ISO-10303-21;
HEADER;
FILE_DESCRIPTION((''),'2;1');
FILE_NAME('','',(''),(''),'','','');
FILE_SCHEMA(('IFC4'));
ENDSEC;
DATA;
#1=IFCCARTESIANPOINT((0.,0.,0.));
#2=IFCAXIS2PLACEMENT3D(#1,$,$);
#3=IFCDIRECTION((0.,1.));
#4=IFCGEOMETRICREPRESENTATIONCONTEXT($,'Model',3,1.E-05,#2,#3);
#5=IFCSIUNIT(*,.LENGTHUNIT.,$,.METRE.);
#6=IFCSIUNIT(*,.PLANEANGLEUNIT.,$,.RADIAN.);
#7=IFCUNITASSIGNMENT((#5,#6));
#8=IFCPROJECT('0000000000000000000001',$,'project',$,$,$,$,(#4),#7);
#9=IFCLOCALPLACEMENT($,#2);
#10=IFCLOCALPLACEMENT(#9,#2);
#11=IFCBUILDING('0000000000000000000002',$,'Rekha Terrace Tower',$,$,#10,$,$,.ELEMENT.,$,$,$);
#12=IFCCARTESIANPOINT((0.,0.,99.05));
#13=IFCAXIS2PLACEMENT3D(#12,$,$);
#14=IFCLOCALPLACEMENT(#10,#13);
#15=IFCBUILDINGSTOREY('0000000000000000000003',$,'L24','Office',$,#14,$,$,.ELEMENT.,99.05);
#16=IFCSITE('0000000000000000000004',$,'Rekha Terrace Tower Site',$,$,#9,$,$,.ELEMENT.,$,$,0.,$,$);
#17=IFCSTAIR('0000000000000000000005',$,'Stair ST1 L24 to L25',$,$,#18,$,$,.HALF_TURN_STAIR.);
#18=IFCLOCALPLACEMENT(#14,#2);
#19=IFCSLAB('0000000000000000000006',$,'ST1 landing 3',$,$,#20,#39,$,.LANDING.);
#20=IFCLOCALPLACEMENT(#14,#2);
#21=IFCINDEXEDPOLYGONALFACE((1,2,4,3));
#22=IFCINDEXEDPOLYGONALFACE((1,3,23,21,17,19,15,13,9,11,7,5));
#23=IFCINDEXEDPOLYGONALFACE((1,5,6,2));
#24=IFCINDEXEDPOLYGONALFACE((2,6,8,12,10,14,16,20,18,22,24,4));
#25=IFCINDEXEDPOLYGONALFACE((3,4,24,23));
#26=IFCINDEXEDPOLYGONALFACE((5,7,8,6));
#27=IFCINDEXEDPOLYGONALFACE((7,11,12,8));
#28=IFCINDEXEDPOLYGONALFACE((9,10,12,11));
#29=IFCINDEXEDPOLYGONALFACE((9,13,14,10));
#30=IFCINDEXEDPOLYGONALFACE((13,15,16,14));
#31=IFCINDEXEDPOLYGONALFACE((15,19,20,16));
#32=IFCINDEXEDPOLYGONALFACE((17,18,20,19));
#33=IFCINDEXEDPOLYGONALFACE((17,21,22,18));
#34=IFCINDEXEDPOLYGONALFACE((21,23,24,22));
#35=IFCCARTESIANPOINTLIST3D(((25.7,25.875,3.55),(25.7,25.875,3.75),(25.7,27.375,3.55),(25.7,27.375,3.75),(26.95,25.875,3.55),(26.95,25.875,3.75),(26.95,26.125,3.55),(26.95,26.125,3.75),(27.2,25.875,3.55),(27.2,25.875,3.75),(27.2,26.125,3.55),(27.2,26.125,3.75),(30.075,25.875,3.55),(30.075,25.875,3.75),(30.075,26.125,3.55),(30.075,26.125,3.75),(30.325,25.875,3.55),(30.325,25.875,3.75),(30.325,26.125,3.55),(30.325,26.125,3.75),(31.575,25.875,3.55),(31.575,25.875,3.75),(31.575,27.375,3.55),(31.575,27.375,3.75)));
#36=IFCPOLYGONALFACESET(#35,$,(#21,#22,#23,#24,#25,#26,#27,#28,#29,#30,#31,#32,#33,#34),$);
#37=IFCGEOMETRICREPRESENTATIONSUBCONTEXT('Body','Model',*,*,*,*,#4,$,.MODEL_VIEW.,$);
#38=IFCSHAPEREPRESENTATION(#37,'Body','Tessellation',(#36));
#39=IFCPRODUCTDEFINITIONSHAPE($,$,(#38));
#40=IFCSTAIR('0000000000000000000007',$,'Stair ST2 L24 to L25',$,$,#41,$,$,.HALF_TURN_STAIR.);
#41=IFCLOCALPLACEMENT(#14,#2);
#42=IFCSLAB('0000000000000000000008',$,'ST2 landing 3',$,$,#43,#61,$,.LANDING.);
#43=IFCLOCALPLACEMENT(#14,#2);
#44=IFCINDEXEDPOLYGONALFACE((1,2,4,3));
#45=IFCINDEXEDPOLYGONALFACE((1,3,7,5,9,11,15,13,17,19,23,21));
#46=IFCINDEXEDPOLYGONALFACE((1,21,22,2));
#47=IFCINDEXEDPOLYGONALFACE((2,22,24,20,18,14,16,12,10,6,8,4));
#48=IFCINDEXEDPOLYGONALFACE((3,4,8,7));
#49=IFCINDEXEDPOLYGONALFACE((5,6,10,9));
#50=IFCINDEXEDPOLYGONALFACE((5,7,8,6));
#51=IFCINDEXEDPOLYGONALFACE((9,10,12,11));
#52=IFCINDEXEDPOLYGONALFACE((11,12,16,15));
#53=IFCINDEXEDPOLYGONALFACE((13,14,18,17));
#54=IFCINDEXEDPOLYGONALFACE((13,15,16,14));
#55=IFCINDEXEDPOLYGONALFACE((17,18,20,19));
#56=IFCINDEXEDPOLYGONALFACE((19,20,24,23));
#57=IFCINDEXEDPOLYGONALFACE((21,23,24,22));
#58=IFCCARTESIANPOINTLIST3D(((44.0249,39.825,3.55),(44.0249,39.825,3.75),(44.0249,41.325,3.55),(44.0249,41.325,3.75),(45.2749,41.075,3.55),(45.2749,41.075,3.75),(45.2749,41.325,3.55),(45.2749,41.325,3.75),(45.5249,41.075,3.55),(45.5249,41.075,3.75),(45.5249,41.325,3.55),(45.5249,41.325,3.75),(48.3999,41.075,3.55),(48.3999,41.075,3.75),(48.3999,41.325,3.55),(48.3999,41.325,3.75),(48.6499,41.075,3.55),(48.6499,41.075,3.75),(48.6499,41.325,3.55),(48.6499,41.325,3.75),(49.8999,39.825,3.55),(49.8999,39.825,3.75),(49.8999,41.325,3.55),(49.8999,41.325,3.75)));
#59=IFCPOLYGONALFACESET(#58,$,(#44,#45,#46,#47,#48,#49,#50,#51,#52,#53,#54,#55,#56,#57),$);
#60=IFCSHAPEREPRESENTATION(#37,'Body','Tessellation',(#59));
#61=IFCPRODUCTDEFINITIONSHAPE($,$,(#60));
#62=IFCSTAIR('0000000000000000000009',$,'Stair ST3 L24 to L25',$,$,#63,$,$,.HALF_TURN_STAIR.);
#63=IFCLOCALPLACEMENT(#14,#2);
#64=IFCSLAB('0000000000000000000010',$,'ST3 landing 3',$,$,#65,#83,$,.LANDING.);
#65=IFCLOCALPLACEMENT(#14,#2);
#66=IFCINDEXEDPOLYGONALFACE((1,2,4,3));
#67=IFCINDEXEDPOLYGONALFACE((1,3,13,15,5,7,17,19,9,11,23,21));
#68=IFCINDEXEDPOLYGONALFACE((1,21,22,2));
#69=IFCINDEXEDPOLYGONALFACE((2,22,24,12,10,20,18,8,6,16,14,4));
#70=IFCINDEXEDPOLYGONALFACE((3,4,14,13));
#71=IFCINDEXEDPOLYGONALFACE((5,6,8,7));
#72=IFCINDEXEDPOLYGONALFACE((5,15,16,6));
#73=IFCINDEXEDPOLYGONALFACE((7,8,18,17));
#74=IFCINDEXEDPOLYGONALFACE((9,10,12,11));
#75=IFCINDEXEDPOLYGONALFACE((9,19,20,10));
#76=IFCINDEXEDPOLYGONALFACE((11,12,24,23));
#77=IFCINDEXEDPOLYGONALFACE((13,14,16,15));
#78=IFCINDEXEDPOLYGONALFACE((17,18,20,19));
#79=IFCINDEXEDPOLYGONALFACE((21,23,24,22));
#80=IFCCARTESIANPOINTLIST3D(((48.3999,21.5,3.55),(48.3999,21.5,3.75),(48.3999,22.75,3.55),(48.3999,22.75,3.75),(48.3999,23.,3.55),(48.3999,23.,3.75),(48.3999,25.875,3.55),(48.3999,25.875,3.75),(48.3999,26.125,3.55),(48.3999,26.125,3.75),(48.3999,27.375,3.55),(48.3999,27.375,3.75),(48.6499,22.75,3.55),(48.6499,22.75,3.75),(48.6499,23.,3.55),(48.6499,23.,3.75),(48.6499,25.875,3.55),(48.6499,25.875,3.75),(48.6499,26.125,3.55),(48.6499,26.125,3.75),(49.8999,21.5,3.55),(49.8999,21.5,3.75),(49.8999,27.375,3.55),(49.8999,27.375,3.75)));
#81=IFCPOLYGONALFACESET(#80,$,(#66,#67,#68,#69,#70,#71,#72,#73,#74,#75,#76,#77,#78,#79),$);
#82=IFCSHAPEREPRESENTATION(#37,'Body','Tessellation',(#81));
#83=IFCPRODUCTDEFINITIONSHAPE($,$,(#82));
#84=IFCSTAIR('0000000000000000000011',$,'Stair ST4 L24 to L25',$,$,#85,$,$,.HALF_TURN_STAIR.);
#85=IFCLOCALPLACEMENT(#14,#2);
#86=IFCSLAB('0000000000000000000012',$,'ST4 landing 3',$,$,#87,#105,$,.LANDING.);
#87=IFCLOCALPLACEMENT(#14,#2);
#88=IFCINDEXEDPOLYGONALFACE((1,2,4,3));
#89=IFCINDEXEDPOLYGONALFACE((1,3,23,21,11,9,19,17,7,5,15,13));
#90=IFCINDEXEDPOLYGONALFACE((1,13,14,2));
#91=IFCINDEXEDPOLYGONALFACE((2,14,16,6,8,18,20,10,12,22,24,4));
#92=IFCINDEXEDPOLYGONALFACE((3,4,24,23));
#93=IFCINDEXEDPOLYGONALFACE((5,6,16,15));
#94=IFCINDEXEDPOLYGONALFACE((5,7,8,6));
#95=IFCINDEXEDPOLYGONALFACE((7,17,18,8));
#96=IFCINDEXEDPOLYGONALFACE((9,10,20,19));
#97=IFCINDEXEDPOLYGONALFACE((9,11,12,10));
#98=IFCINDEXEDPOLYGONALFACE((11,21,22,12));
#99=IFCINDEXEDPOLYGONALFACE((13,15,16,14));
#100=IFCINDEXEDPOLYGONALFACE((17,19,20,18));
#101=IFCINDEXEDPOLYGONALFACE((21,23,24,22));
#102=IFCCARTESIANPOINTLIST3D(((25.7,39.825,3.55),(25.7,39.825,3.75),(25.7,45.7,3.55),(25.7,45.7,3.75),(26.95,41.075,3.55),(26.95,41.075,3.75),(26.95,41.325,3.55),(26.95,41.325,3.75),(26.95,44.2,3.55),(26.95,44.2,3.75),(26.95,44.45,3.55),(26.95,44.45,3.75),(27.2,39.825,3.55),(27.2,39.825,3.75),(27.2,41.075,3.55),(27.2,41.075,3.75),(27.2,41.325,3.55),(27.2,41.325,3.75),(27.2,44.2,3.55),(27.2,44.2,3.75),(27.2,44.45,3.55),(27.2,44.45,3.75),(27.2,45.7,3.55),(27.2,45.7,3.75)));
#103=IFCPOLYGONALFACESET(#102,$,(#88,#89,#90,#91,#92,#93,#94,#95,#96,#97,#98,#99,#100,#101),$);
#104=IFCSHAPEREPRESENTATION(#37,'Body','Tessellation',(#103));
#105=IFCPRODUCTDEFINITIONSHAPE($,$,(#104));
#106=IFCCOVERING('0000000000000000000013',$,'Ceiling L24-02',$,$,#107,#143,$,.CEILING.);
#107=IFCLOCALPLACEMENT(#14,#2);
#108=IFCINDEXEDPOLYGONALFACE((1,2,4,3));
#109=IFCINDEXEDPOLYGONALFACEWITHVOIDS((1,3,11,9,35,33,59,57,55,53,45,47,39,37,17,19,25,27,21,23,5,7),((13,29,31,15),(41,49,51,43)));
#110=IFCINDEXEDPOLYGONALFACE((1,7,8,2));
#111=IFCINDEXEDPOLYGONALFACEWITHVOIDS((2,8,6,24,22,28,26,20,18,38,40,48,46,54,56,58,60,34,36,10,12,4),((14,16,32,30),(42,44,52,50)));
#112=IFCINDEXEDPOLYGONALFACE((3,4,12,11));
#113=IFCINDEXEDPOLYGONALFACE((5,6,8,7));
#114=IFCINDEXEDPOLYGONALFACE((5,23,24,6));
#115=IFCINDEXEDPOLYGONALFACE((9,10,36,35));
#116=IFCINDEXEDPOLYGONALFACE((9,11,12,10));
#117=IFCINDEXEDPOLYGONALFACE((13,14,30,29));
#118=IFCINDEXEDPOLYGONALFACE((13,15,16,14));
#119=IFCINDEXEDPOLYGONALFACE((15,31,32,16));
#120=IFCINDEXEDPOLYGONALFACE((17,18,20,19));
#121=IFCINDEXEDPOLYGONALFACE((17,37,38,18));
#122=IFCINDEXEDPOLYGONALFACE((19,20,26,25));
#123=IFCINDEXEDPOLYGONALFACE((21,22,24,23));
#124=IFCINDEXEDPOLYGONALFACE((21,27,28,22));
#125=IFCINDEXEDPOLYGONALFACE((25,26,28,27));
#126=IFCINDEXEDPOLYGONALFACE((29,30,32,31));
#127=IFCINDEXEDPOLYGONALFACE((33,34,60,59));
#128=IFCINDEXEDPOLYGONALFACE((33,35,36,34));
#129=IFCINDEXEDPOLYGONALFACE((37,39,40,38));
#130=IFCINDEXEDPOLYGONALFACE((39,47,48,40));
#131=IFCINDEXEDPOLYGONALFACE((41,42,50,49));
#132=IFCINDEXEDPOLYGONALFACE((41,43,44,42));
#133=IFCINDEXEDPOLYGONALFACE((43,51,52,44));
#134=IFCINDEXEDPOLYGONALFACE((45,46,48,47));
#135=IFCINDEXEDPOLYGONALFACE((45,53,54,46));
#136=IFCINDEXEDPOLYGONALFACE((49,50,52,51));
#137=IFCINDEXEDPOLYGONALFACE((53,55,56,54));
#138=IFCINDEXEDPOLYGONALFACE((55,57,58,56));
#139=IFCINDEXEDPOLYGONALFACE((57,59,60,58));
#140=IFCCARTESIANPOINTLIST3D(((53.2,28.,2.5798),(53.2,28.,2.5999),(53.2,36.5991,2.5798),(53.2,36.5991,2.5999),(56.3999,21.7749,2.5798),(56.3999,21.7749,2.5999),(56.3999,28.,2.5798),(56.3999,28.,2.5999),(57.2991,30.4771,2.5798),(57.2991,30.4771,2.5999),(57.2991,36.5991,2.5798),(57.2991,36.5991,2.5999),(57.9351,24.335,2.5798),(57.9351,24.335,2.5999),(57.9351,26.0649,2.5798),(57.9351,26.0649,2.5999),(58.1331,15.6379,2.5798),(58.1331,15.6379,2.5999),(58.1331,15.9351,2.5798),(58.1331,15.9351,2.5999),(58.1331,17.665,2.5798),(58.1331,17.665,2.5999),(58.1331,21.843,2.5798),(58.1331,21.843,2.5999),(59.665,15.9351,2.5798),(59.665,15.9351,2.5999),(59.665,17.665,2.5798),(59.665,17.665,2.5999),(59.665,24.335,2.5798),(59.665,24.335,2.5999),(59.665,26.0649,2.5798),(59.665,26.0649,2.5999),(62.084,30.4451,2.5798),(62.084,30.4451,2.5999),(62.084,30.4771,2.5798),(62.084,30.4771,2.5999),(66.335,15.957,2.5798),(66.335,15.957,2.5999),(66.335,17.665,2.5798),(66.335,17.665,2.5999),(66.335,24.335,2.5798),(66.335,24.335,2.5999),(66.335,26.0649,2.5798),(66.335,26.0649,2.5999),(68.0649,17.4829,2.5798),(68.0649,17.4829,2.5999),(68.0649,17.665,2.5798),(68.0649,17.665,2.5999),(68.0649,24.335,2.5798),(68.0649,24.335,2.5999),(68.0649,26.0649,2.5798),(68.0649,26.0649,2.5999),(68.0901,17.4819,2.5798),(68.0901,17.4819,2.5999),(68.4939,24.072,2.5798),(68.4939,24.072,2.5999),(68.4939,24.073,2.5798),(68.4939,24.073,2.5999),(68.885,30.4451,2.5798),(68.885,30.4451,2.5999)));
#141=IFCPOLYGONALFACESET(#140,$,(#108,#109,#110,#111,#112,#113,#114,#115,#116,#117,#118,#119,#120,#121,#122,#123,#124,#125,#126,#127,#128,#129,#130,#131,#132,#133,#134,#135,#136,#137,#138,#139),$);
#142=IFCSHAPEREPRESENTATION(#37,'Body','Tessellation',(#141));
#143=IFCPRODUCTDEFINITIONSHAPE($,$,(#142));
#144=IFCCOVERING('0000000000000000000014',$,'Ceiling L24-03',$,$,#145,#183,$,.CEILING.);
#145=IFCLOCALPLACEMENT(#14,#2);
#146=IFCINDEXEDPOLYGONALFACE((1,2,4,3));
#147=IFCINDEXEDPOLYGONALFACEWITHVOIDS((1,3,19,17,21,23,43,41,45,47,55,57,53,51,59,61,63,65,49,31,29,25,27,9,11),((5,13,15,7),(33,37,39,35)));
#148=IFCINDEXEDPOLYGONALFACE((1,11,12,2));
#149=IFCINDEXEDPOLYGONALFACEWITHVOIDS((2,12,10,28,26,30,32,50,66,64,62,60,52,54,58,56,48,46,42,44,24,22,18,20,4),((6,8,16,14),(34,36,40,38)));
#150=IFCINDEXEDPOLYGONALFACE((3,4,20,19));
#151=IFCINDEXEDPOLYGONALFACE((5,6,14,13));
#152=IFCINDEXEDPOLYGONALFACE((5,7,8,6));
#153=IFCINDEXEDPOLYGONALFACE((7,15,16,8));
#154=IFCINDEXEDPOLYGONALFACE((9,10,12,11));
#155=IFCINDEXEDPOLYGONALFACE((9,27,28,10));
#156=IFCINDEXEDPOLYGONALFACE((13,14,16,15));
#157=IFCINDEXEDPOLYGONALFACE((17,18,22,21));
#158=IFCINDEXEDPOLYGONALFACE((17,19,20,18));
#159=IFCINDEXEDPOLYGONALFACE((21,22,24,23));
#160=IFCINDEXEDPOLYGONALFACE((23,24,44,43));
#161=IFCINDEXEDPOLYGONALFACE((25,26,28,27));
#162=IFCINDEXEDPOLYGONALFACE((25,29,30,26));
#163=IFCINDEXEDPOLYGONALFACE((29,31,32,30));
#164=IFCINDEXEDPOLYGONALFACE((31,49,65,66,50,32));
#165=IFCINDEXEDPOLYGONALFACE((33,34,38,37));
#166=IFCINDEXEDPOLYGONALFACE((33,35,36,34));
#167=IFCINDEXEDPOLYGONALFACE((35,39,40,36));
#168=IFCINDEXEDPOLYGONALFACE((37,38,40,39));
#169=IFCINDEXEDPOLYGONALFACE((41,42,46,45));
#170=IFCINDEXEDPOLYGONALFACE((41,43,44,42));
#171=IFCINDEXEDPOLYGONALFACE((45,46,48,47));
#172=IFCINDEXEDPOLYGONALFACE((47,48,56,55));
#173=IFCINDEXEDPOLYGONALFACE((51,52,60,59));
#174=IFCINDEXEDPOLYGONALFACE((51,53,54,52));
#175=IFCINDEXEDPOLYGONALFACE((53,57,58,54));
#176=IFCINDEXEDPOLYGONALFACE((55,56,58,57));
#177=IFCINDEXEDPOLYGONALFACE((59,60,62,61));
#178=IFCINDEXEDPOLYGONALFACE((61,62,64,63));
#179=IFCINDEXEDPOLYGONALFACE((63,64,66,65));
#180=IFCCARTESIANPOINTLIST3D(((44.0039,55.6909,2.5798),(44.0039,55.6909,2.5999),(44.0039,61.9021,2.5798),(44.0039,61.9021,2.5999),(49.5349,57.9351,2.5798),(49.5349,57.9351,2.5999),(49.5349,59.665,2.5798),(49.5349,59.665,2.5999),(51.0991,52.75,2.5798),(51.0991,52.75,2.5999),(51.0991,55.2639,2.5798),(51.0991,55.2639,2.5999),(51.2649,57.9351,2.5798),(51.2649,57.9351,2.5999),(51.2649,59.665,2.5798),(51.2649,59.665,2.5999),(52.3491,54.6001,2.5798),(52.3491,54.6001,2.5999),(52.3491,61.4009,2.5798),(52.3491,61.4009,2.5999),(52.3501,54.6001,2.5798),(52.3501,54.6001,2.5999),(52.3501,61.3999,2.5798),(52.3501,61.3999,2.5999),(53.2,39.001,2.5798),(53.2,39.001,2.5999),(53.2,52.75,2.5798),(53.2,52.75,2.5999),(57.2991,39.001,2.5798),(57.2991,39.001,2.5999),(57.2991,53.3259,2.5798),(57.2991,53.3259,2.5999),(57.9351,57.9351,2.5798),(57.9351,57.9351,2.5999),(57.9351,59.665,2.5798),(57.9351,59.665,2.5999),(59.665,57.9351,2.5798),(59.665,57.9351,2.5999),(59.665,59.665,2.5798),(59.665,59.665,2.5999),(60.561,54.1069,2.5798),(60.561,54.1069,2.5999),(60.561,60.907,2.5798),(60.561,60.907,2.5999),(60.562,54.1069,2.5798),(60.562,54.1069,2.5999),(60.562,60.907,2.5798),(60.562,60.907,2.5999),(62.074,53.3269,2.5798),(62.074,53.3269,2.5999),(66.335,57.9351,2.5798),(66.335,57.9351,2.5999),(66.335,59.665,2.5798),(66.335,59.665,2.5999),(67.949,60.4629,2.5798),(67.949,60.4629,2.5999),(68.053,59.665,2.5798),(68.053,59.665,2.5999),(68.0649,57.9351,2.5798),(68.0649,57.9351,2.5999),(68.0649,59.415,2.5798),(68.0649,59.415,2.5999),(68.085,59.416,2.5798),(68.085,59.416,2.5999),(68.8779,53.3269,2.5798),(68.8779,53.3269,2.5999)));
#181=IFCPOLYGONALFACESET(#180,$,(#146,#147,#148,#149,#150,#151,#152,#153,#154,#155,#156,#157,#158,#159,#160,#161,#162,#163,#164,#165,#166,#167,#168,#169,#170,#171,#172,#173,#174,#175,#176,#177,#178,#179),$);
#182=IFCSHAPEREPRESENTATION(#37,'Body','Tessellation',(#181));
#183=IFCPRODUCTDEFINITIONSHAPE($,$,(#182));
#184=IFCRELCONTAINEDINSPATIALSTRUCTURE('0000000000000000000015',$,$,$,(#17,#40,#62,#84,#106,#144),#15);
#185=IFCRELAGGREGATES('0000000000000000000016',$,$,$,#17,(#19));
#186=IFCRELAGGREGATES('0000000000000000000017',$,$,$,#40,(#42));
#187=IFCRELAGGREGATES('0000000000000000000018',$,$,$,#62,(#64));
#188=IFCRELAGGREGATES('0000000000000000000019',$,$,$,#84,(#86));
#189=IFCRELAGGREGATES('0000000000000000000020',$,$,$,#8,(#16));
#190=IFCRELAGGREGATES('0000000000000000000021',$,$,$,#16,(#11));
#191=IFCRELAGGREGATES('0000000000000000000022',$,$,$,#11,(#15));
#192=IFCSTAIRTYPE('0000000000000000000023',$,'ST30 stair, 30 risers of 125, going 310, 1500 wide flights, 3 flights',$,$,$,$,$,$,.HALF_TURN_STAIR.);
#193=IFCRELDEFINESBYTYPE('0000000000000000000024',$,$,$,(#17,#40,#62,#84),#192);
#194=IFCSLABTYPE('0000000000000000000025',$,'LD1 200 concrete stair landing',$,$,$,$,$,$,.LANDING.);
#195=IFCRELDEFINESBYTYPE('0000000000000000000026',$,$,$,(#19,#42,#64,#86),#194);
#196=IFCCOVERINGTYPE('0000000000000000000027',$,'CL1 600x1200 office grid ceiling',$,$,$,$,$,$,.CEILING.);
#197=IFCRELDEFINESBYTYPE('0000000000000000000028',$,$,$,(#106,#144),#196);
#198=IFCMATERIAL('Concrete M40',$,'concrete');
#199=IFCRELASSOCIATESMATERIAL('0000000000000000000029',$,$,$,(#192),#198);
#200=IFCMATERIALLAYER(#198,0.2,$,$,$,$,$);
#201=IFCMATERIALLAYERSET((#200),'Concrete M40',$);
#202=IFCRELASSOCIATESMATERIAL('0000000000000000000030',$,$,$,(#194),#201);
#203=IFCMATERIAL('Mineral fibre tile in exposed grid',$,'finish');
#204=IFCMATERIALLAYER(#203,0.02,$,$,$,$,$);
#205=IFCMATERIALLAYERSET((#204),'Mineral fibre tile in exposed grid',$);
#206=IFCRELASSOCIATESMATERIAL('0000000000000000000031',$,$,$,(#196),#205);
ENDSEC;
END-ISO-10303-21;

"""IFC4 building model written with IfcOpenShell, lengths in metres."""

from ifc_helpers import new_model, si_unit, direction, frame, origin, place, context, subcontext, project, spatial, polyline, outline, extrude, material, layer, layer_set, type_object, element, aggregate, save


model = new_model("IFC4")

# Units and contexts
model_context = context("Model", 3, precision=1e-05, world=origin(), true_north=direction((0.0, 1.0)))
body_context = subcontext(model_context, "Body", "Model", "MODEL_VIEW")
ifc_project = project(units=[si_unit("LENGTHUNIT", "METRE"), si_unit("PLANEANGLEUNIT", "RADIAN")], contexts=[model_context])

# Site, building, storey
site_placement = place(None, origin())
site = spatial("IfcSite", under=ifc_project, at=site_placement, Name="Rekha Terrace Tower Site", CompositionType="ELEMENT", RefElevation=0.0)
building_placement = place(site_placement, origin())
building = spatial("IfcBuilding", under=site, at=building_placement, Name="Rekha Terrace Tower", CompositionType="ELEMENT")
storey_placement = place(building_placement, frame((0.0, 0.0, 99.05)))
storey = spatial("IfcBuildingStorey", under=building, at=storey_placement, Name="L24", Description="Office", CompositionType="ELEMENT", Elevation=99.05)

# Stairs, slabs
ifc_material_1 = material(Name="Concrete M40", Category="concrete")
stair_type = type_object("IfcStairType", Name="ST30 stair, 30 risers of 125, going 310, 1500 wide flights, 3 flights", PredefinedType="HALF_TURN_STAIR", material=ifc_material_1)
stair_1_placement = place(storey_placement, origin())
stair_1 = element("IfcStair", 1, at=stair_1_placement, inside=storey, type_object=stair_type, Name="Stair ST1 L24 to L25", PredefinedType="HALF_TURN_STAIR")
ifc_layer_1 = layer(ifc_material_1, 0.2)
ifc_layer_set_1 = layer_set([ifc_layer_1], Name="Concrete M40")
slab_type = type_object("IfcSlabType", Name="LD1 200 concrete stair landing", PredefinedType="LANDING", material=ifc_layer_set_1)
slab_1_placement = place(storey_placement, frame((0.0, 0.0, 3.55)))
slab_1 = element("IfcSlab", 2, at=slab_1_placement, type_object=slab_type, Name="ST1 landing 3", PredefinedType="LANDING", context=body_context, shape_type="SweptSolid", body=[
    extrude(outline(polyline([(31.575, 25.875), (31.575, 27.375), (25.7, 27.375), (25.7, 25.875), (26.95, 25.875), (26.95, 26.125), (27.2, 26.125), (27.2, 25.875), (30.075, 25.875), (30.075, 26.125), (30.325, 26.125), (30.325, 25.875), (31.575, 25.875)])), origin(), (0.0, 0.0, 1.0), 0.2),
])
aggregate(stair_1, [slab_1])
stair_2_placement = place(storey_placement, origin())
stair_2 = element("IfcStair", 3, at=stair_2_placement, inside=storey, type_object=stair_type, Name="Stair ST2 L24 to L25", PredefinedType="HALF_TURN_STAIR")
slab_2_placement = place(storey_placement, frame((0.0, 0.0, 3.55)))
slab_2 = element("IfcSlab", 4, at=slab_2_placement, type_object=slab_type, Name="ST2 landing 3", PredefinedType="LANDING", context=body_context, shape_type="SweptSolid", body=[
    extrude(outline(polyline([(44.0249, 41.325), (44.0249, 39.825), (49.8999, 39.825), (49.8999, 41.325), (48.6499, 41.325), (48.6499, 41.075), (48.3999, 41.075), (48.3999, 41.325), (45.5249, 41.325), (45.5249, 41.075), (45.2749, 41.075), (45.2749, 41.325), (44.0249, 41.325)])), origin(), (0.0, 0.0, 1.0), 0.2),
])
aggregate(stair_2, [slab_2])
stair_3_placement = place(storey_placement, origin())
stair_3 = element("IfcStair", 5, at=stair_3_placement, inside=storey, type_object=stair_type, Name="Stair ST3 L24 to L25", PredefinedType="HALF_TURN_STAIR")
slab_3_placement = place(storey_placement, frame((0.0, 0.0, 3.55)))
slab_3 = element("IfcSlab", 6, at=slab_3_placement, type_object=slab_type, Name="ST3 landing 3", PredefinedType="LANDING", context=body_context, shape_type="SweptSolid", body=[
    extrude(outline(polyline([(48.3999, 21.5), (49.8999, 21.5), (49.8999, 27.375), (48.3999, 27.375), (48.3999, 26.125), (48.6499, 26.125), (48.6499, 25.875), (48.3999, 25.875), (48.3999, 23.0), (48.6499, 23.0), (48.6499, 22.75), (48.3999, 22.75), (48.3999, 21.5)])), origin(), (0.0, 0.0, 1.0), 0.2),
])
aggregate(stair_3, [slab_3])
stair_4_placement = place(storey_placement, origin())
stair_4 = element("IfcStair", 7, at=stair_4_placement, inside=storey, type_object=stair_type, Name="Stair ST4 L24 to L25", PredefinedType="HALF_TURN_STAIR")
slab_4_placement = place(storey_placement, frame((0.0, 0.0, 3.55)))
slab_4 = element("IfcSlab", 8, at=slab_4_placement, type_object=slab_type, Name="ST4 landing 3", PredefinedType="LANDING", context=body_context, shape_type="SweptSolid", body=[
    extrude(outline(polyline([(27.2, 39.825), (25.7, 39.825), (25.7, 45.7), (27.2, 45.7), (27.2, 44.45), (26.95, 44.45), (26.95, 44.2), (27.2, 44.2), (27.2, 41.325), (26.95, 41.325), (26.95, 41.075), (27.2, 41.075), (27.2, 39.825)])), origin(), (0.0, 0.0, 1.0), 0.2),
])
aggregate(stair_4, [slab_4])

# Coverings
ifc_material_2 = material(Name="Mineral fibre tile in exposed grid", Category="finish")
ifc_layer_2 = layer(ifc_material_2, 0.02)
ifc_layer_set_2 = layer_set([ifc_layer_2], Name="Mineral fibre tile in exposed grid")
covering_type_1 = type_object("IfcCoveringType", Name="CL1 600x1200 office grid ceiling", PredefinedType="CEILING", material=ifc_layer_set_2)
covering_1_placement = place(storey_placement, frame((0.0, 0.0, 2.5798)))
element("IfcCovering", 9, at=covering_1_placement, inside=storey, type_object=covering_type_1, Name="Ceiling L24-02", PredefinedType="CEILING", context=body_context, shape_type="SweptSolid", body=[
    extrude(outline(polyline([(58.1331, 15.9351), (58.1331, 15.6379), (66.335, 15.957), (66.335, 17.665), (68.0649, 17.665), (68.0649, 17.4829), (68.0901, 17.4819), (68.4939, 24.072), (68.4939, 24.073), (68.885, 30.4451), (62.084, 30.4451), (62.084, 30.4771), (57.2991, 30.4771), (57.2991, 36.5991), (53.2, 36.5991), (53.2, 28.0), (56.3999, 28.0), (56.3999, 21.7749), (58.1331, 21.843), (58.1331, 17.665), (59.665, 17.665), (59.665, 15.9351), (58.1331, 15.9351)]), holes=[polyline([(68.0649, 24.335), (66.335, 24.335), (66.335, 26.0649), (68.0649, 26.0649), (68.0649, 24.335)]), polyline([(59.665, 26.0649), (59.665, 24.335), (57.9351, 24.335), (57.9351, 26.0649), (59.665, 26.0649)])]), origin(), (0.0, 0.0, 1.0), 0.02),
])
covering_2_placement = place(storey_placement, frame((0.0, 0.0, 2.5798)))
element("IfcCovering", 10, at=covering_2_placement, inside=storey, type_object=covering_type_1, Name="Ceiling L24-03", PredefinedType="CEILING", context=body_context, shape_type="SweptSolid", body=[
    extrude(outline(polyline([(52.3501, 54.6001), (52.3491, 54.6001), (52.3491, 61.4009), (44.0039, 61.9021), (44.0039, 55.6909), (51.0991, 55.2639), (51.0991, 52.75), (53.2, 52.75), (53.2, 39.001), (57.2991, 39.001), (57.2991, 53.3259), (62.074, 53.3269), (68.8779, 53.3269), (68.085, 59.416), (68.0649, 59.415), (68.0649, 57.9351), (66.335, 57.9351), (66.335, 59.665), (68.053, 59.665), (67.949, 60.4629), (60.562, 60.907), (60.562, 54.1069), (60.561, 54.1069), (60.561, 60.907), (52.3501, 61.3999), (52.3501, 54.6001)]), holes=[polyline([(59.665, 57.9351), (57.9351, 57.9351), (57.9351, 59.665), (59.665, 59.665), (59.665, 57.9351)]), polyline([(51.2649, 57.9351), (49.5349, 57.9351), (49.5349, 59.665), (51.2649, 59.665), (51.2649, 57.9351)])]), origin(), (0.0, 0.0, 1.0), 0.02),
])

save(model, "model.ifc")
